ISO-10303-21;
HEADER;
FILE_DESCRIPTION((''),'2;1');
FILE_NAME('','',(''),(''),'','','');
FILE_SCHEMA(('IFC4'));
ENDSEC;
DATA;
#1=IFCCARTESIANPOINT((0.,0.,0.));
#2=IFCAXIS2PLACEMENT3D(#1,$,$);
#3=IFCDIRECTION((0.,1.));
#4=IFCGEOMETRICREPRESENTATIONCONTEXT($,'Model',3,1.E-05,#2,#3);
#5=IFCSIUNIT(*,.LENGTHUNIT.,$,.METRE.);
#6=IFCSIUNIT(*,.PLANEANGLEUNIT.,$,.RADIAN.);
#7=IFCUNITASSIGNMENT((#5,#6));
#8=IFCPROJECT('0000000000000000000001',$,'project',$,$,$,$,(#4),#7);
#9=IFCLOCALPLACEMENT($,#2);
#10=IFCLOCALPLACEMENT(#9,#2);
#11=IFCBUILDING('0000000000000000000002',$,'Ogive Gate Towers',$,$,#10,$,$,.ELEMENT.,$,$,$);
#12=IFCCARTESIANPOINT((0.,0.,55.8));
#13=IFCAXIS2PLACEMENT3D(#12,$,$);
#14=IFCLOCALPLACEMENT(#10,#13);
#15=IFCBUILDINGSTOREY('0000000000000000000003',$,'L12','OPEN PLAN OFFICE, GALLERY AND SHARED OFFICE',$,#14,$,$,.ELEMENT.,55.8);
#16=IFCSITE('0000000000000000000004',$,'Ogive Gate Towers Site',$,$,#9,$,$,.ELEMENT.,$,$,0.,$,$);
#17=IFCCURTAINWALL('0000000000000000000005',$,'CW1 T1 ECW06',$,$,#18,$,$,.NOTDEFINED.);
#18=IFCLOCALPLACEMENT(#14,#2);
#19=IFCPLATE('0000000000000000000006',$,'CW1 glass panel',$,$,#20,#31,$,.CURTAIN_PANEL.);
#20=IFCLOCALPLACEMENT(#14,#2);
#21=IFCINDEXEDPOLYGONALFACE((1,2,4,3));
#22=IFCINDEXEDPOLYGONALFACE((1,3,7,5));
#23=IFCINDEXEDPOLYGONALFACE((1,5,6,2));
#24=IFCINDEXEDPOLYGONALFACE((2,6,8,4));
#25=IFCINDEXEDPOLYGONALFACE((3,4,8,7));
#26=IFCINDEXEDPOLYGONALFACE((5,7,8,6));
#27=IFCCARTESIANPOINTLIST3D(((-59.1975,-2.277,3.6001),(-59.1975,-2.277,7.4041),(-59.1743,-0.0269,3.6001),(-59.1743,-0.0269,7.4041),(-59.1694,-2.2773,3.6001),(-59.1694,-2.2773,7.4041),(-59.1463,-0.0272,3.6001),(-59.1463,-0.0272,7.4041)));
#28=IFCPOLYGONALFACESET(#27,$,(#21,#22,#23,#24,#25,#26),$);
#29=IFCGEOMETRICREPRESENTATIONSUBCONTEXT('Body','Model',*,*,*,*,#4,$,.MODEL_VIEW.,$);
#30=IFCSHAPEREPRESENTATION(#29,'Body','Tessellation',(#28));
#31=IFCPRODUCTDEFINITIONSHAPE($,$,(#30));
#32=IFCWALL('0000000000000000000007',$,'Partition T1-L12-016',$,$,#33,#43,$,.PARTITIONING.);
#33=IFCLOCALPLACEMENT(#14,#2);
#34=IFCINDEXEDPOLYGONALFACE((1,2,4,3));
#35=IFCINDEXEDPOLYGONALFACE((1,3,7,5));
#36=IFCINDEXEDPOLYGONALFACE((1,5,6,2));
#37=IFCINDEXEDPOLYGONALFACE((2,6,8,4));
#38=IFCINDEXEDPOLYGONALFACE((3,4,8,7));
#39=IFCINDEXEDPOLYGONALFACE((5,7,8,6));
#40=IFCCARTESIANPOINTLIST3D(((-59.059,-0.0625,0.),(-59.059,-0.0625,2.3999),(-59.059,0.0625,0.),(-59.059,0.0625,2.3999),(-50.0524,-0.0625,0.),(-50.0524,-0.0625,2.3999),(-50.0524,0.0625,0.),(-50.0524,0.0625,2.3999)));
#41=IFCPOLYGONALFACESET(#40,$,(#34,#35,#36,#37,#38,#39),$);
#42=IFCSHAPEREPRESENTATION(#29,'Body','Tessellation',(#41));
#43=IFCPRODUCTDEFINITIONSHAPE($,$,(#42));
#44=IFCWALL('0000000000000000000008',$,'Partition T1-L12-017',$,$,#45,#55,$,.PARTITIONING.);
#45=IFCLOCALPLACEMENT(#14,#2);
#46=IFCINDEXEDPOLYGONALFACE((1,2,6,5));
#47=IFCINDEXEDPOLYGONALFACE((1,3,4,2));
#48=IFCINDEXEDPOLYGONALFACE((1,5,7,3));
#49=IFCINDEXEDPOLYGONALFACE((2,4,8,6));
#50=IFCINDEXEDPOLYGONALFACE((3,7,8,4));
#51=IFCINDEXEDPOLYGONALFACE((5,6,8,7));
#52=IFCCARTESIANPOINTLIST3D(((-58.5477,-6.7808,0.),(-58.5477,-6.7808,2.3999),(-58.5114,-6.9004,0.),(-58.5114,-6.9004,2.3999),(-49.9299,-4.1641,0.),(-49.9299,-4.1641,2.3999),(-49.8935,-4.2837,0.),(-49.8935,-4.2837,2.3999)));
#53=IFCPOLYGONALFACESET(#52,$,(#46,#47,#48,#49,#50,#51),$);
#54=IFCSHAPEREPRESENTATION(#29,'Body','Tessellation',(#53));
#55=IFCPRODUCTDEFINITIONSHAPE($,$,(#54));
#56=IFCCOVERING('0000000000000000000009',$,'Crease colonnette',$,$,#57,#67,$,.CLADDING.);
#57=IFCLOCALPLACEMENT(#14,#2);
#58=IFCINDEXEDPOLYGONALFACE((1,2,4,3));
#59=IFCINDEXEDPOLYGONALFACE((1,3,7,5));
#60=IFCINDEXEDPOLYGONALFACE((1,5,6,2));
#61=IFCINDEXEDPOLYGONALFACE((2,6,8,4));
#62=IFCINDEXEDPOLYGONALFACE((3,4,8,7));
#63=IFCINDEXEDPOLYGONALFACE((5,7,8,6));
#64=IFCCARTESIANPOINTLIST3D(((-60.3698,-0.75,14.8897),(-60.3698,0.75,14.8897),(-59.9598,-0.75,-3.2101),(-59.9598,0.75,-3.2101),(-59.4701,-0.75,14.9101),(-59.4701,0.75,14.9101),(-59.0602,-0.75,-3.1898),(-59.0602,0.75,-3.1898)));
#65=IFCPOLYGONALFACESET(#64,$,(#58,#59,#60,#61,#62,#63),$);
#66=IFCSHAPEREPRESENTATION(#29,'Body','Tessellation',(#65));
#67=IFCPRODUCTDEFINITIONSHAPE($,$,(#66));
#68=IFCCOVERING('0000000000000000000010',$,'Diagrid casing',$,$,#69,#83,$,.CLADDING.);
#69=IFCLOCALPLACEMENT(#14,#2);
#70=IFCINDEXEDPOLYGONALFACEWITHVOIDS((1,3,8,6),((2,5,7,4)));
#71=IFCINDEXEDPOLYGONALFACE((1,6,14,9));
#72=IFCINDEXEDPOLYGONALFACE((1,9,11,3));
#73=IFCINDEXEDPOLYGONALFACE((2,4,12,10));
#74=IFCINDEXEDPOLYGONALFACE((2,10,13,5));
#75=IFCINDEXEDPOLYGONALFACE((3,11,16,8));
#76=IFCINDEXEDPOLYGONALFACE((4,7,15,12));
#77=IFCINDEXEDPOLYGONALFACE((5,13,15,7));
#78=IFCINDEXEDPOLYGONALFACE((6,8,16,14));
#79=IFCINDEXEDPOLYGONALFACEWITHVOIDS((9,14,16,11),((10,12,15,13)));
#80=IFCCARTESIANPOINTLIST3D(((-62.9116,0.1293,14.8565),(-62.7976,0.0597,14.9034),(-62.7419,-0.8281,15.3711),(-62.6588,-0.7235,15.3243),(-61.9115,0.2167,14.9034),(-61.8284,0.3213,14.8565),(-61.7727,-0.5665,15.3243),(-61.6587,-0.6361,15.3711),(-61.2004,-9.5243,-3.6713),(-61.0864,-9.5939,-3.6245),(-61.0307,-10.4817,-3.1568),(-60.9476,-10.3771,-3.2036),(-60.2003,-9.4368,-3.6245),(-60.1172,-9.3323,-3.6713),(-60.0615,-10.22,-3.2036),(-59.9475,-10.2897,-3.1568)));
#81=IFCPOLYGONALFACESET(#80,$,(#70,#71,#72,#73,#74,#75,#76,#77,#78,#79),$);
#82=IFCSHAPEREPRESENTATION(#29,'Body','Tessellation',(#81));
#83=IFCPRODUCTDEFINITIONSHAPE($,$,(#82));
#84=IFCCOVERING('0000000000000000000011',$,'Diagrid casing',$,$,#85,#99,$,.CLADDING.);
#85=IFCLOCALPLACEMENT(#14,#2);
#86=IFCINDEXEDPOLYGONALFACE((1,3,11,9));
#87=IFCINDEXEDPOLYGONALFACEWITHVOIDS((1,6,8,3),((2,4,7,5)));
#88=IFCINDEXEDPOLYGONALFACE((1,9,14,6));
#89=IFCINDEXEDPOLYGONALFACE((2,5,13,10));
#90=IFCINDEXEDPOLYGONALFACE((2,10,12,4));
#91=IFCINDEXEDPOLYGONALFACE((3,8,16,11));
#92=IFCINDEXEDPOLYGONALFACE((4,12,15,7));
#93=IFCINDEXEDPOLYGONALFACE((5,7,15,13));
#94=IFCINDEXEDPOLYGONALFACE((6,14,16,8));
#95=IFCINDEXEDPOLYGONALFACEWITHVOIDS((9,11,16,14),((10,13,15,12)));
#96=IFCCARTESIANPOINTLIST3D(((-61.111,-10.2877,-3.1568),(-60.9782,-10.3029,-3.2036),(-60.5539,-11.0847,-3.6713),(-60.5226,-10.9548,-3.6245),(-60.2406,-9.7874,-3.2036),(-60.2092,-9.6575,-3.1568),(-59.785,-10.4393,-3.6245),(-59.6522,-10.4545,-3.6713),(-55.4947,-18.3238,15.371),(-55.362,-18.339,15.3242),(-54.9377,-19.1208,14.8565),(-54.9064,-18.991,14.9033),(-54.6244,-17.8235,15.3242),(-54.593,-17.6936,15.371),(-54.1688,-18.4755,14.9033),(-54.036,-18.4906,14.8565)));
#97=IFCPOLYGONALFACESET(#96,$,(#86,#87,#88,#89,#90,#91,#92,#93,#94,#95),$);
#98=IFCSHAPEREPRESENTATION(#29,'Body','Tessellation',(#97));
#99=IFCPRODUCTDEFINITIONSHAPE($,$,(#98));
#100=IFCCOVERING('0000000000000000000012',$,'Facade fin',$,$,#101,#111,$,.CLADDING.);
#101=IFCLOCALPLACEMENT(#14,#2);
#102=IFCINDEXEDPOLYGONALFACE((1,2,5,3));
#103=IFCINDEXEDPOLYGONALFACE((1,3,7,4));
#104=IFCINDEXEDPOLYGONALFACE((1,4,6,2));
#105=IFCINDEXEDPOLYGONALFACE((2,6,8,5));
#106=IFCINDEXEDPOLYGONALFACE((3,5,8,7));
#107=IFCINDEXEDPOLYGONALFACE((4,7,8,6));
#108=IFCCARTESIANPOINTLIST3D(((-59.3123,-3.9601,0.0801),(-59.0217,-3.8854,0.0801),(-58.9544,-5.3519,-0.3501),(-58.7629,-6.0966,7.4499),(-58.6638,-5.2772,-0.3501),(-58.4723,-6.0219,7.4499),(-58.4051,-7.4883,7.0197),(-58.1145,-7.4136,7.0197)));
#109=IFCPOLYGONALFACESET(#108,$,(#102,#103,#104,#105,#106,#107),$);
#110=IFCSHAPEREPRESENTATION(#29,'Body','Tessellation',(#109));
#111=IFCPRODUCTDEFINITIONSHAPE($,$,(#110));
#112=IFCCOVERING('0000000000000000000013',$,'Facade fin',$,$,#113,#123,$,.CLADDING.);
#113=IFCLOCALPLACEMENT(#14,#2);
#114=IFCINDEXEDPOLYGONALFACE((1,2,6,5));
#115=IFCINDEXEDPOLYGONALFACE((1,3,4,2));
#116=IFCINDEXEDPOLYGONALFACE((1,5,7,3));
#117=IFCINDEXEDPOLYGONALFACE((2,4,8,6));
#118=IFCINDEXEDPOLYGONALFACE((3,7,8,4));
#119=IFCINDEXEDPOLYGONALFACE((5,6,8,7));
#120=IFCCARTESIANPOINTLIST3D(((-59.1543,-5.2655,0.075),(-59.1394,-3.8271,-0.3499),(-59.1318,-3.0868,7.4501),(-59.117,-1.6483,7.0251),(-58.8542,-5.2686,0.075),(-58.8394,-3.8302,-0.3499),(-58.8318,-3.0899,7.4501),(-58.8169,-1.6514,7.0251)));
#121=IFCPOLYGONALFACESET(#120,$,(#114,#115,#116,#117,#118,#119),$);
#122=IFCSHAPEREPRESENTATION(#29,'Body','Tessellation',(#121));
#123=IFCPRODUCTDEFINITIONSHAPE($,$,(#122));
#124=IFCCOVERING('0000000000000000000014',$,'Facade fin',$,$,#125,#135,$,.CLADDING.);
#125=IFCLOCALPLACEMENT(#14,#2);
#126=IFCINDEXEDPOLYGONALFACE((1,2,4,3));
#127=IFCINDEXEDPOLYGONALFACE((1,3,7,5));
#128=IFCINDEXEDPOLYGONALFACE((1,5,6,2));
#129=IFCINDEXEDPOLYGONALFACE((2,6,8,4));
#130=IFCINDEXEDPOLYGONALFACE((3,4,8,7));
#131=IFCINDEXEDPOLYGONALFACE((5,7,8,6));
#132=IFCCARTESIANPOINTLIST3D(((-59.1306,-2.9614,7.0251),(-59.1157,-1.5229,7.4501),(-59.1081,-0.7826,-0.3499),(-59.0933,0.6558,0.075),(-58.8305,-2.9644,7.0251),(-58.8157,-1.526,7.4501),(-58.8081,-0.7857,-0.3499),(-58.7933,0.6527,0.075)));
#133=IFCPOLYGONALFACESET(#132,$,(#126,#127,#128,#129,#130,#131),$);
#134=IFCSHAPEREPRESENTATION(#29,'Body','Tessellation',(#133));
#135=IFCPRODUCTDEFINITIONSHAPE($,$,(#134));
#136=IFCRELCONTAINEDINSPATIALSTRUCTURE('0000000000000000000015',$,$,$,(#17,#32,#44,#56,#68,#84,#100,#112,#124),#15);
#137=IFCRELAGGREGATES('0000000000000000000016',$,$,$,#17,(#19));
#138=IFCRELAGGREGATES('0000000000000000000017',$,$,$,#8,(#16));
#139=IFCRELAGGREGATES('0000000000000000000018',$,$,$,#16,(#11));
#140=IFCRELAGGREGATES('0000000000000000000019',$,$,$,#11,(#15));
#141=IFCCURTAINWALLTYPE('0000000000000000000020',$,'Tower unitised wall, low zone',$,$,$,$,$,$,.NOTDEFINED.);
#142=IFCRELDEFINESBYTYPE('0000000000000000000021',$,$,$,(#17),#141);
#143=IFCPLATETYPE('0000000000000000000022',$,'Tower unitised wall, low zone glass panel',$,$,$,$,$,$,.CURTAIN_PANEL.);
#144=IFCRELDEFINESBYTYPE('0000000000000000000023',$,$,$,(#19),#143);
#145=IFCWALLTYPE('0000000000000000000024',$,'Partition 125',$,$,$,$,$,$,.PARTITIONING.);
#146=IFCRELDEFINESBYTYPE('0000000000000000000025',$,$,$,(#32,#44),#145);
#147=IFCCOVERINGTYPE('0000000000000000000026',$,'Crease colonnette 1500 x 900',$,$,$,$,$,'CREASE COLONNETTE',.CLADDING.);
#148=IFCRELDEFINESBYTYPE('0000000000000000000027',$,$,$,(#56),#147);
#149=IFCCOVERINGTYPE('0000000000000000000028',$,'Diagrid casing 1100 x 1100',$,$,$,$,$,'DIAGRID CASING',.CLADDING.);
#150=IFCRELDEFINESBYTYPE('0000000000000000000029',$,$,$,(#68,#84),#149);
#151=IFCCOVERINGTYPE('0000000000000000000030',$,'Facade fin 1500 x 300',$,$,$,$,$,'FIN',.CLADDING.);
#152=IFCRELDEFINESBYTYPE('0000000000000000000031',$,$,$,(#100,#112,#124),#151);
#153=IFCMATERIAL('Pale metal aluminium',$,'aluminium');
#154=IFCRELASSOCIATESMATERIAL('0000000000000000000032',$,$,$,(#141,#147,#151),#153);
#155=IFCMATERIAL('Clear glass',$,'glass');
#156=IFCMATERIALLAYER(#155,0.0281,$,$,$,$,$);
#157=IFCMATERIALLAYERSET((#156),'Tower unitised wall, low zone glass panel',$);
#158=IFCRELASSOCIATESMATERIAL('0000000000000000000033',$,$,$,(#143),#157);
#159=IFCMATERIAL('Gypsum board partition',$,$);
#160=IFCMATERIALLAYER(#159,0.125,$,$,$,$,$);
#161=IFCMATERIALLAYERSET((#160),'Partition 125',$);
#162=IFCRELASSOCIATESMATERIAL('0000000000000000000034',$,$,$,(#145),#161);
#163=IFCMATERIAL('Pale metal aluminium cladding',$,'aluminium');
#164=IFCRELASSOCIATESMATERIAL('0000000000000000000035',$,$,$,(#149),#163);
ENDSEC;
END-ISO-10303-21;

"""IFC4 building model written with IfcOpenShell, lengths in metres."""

from ifc_helpers import new_model, si_unit, direction, frame, frame_2d, origin, origin_2d, place, context, subcontext, project, spatial, rectangle, hollow_rectangle, extrude, material, layer, layer_set, material_profile, profile_set, type_object, element, aggregate, save


model = new_model("IFC4")

# Units and contexts
model_context = context("Model", 3, precision=1e-05, world=origin(), true_north=direction((0.0, 1.0)))
body_context = subcontext(model_context, "Body", "Model", "MODEL_VIEW")
ifc_project = project(units=[si_unit("LENGTHUNIT", "METRE"), si_unit("PLANEANGLEUNIT", "RADIAN")], contexts=[model_context])

# Site, building, storey
site_placement = place(None, origin())
site = spatial("IfcSite", under=ifc_project, at=site_placement, Name="Ogive Gate Towers Site", CompositionType="ELEMENT", RefElevation=0.0)
building_placement = place(site_placement, origin())
building = spatial("IfcBuilding", under=site, at=building_placement, Name="Ogive Gate Towers", CompositionType="ELEMENT")
storey_placement = place(building_placement, frame((0.0, 0.0, 55.8)))
storey = spatial("IfcBuildingStorey", under=building, at=storey_placement, Name="L12", Description="OPEN PLAN OFFICE, GALLERY AND SHARED OFFICE", CompositionType="ELEMENT", Elevation=55.8)

# Shared definitions
ifc_material_1 = material(Name="Pale metal aluminium", Category="aluminium")
curtain_wall_type = type_object("IfcCurtainWallType", Name="Tower unitised wall, low zone", PredefinedType="NOTDEFINED", material=ifc_material_1)

# Curtain wall, plate
curtain_wall_1_placement = place(storey_placement, origin())
curtain_wall_1 = element("IfcCurtainWall", 1, at=curtain_wall_1_placement, inside=storey, type_object=curtain_wall_type, Name="CW1 T1 ECW06", PredefinedType="NOTDEFINED")
ifc_material_2 = material(Name="Clear glass", Category="glass")
ifc_layer_1 = layer(ifc_material_2, 0.0281)
ifc_layer_set_1 = layer_set([ifc_layer_1], Name="Tower unitised wall, low zone glass panel")
plate_type = type_object("IfcPlateType", Name="Tower unitised wall, low zone glass panel", PredefinedType="CURTAIN_PANEL", material=ifc_layer_set_1)
plate_1_placement = place(storey_placement, frame((-59.1719, -1.1521, 3.6001), z_axis=(0.0, 0.0, 1.0), x_axis=(0.01028, 0.999947, 0.0)))
plate_1 = element("IfcPlate", 2, at=plate_1_placement, type_object=plate_type, Name="CW1 glass panel", PredefinedType="CURTAIN_PANEL", context=body_context, shape_type="SweptSolid", body=[
    extrude(rectangle(XDim=2.2502, YDim=0.0281, at=origin_2d()), origin(), (0.0, 0.0, 1.0), 3.804),
])
aggregate(curtain_wall_1, [plate_1])

# Walls
ifc_material_3 = material(Name="Gypsum board partition")
ifc_layer_2 = layer(ifc_material_3, 0.125)
ifc_layer_set_2 = layer_set([ifc_layer_2], Name="Partition 125")
wall_type = type_object("IfcWallType", Name="Partition 125", PredefinedType="PARTITIONING", material=ifc_layer_set_2)
wall_1_placement = place(storey_placement, frame((-59.0591, 0.0, 0.0), z_axis=(0.0, 0.0, 1.0), x_axis=(1.0, 0.0, 0.0)))
element("IfcWall", 3, at=wall_1_placement, inside=storey, type_object=wall_type, Name="Partition T1-L12-016", PredefinedType="PARTITIONING", context=body_context, shape_type="SweptSolid", body=[
    extrude(rectangle(XDim=9.0066, YDim=0.125, at=frame_2d((4.5034, 0.0))), origin(), (0.0, 0.0, 1.0), 2.3999),
])
wall_2_placement = place(storey_placement, frame((-58.5295, -6.8406, 0.0), z_axis=(0.0, 0.0, 1.0), x_axis=(0.956864, 0.290537, 0.0)))
element("IfcWall", 4, at=wall_2_placement, inside=storey, type_object=wall_type, Name="Partition T1-L12-017", PredefinedType="PARTITIONING", context=body_context, shape_type="SweptSolid", body=[
    extrude(rectangle(XDim=9.0063, YDim=0.125, at=frame_2d((4.5032, 0.0))), origin(), (0.0, 0.0, 1.0), 2.3999),
])

# Coverings
ifc_material_profile_1 = material_profile(ifc_material_1, rectangle(XDim=1.5, YDim=0.8999, at=origin_2d()), Name="1500 x 900 pale metal aluminium")
ifc_profile_set_1 = profile_set([ifc_material_profile_1], Name="Pale metal aluminium")
covering_type_1 = type_object("IfcCoveringType", Name="Crease colonnette 1500 x 900", ElementType="CREASE COLONNETTE", PredefinedType="CLADDING", material=ifc_profile_set_1)
covering_1_placement = place(storey_placement, frame((-59.51, 0.0, -3.2), z_axis=(-0.022641, 0.0, 0.999744), x_axis=(0.0, -1.0, 0.0)))
element("IfcCovering", 5, at=covering_1_placement, inside=storey, type_object=covering_type_1, Name="Crease colonnette", PredefinedType="CLADDING", context=body_context, shape_type="SweptSolid", body=[
    extrude(rectangle(XDim=1.5, YDim=0.8999, at=origin_2d()), origin(), (0.0, 0.0, 1.0), 18.1045),
])
ifc_material_4 = material(Name="Pale metal aluminium cladding", Category="aluminium")
ifc_material_profile_2 = material_profile(ifc_material_4, hollow_rectangle(XDim=1.1001, YDim=1.1001, WallThickness=0.1001, at=origin_2d()), Name="1100 x 1100 pale metal casing")
ifc_profile_set_2 = profile_set([ifc_material_profile_2], Name="Pale metal aluminium cladding")
covering_type_2 = type_object("IfcCoveringType", Name="Diagrid casing 1100 x 1100", ElementType="DIAGRID CASING", PredefinedType="CLADDING", material=ifc_profile_set_2)
for number, where, z_axis, x_axis, name in (
    (6, (-60.574, -9.907, -3.4141), (-0.081633, 0.46053, 0.883883), (-0.98465, -0.174538, 0.0), "Diagrid casing"),
    (7, (-60.3816, -10.3711, -3.4141), (0.267925, -0.383368, 0.883881), (0.819667, 0.57284, 0.0), "Diagrid casing"),
):
    element("IfcCovering", number, at=place(storey_placement, frame(where, z_axis=z_axis, x_axis=x_axis)), inside=storey, type_object=covering_type_2, Name=name, PredefinedType="CLADDING", context=body_context, shape_type="SweptSolid", body=[
        extrude(hollow_rectangle(XDim=1.1001, YDim=1.1001, WallThickness=0.1001, at=origin_2d()), origin(), (0.0, 0.0, 1.0), 20.9619),
    ])
ifc_material_profile_3 = material_profile(ifc_material_1, rectangle(XDim=0.3, YDim=1.5, at=origin_2d()), Name="1500 x 300 pale metal aluminium")
ifc_profile_set_3 = profile_set([ifc_material_profile_3], Name="Pale metal aluminium")
covering_type_3 = type_object("IfcCoveringType", Name="Facade fin 1500 x 300", ElementType="FIN", PredefinedType="CLADDING", material=ifc_profile_set_3)
covering_2_placement = place(storey_placement, frame((-58.988, -4.6187, -0.135), z_axis=(0.071405, -0.277719, 0.958005), x_axis=(0.9685, 0.249014, 0.0)))
element("IfcCovering", 8, at=covering_2_placement, inside=storey, type_object=covering_type_3, Name="Facade fin", PredefinedType="CLADDING", context=body_context, shape_type="SweptSolid", body=[
    extrude(rectangle(XDim=0.3, YDim=1.5, at=origin_2d()), origin(), (0.0, 0.0, 1.0), 7.6929),
])
for number, where, z_axis, x_axis, name in (
    (9, (-58.9968, -4.5479, -0.1375), (0.002921, 0.283313, 0.959023), (-0.999947, 0.010309, 0.0), "Facade fin"),
    (10, (-58.9507, -0.0649, -0.1375), (-0.002921, -0.283313, 0.959023), (0.999947, -0.010309, 0.0), "Facade fin"),
):
    element("IfcCovering", number, at=place(storey_placement, frame(where, z_axis=z_axis, x_axis=x_axis)), inside=storey, type_object=covering_type_3, Name=name, PredefinedType="CLADDING", context=body_context, shape_type="SweptSolid", body=[
        extrude(rectangle(XDim=0.3, YDim=1.5, at=origin_2d()), origin(), (0.0, 0.0, 1.0), 7.6902),
    ])

save(model, "model.ifc")
